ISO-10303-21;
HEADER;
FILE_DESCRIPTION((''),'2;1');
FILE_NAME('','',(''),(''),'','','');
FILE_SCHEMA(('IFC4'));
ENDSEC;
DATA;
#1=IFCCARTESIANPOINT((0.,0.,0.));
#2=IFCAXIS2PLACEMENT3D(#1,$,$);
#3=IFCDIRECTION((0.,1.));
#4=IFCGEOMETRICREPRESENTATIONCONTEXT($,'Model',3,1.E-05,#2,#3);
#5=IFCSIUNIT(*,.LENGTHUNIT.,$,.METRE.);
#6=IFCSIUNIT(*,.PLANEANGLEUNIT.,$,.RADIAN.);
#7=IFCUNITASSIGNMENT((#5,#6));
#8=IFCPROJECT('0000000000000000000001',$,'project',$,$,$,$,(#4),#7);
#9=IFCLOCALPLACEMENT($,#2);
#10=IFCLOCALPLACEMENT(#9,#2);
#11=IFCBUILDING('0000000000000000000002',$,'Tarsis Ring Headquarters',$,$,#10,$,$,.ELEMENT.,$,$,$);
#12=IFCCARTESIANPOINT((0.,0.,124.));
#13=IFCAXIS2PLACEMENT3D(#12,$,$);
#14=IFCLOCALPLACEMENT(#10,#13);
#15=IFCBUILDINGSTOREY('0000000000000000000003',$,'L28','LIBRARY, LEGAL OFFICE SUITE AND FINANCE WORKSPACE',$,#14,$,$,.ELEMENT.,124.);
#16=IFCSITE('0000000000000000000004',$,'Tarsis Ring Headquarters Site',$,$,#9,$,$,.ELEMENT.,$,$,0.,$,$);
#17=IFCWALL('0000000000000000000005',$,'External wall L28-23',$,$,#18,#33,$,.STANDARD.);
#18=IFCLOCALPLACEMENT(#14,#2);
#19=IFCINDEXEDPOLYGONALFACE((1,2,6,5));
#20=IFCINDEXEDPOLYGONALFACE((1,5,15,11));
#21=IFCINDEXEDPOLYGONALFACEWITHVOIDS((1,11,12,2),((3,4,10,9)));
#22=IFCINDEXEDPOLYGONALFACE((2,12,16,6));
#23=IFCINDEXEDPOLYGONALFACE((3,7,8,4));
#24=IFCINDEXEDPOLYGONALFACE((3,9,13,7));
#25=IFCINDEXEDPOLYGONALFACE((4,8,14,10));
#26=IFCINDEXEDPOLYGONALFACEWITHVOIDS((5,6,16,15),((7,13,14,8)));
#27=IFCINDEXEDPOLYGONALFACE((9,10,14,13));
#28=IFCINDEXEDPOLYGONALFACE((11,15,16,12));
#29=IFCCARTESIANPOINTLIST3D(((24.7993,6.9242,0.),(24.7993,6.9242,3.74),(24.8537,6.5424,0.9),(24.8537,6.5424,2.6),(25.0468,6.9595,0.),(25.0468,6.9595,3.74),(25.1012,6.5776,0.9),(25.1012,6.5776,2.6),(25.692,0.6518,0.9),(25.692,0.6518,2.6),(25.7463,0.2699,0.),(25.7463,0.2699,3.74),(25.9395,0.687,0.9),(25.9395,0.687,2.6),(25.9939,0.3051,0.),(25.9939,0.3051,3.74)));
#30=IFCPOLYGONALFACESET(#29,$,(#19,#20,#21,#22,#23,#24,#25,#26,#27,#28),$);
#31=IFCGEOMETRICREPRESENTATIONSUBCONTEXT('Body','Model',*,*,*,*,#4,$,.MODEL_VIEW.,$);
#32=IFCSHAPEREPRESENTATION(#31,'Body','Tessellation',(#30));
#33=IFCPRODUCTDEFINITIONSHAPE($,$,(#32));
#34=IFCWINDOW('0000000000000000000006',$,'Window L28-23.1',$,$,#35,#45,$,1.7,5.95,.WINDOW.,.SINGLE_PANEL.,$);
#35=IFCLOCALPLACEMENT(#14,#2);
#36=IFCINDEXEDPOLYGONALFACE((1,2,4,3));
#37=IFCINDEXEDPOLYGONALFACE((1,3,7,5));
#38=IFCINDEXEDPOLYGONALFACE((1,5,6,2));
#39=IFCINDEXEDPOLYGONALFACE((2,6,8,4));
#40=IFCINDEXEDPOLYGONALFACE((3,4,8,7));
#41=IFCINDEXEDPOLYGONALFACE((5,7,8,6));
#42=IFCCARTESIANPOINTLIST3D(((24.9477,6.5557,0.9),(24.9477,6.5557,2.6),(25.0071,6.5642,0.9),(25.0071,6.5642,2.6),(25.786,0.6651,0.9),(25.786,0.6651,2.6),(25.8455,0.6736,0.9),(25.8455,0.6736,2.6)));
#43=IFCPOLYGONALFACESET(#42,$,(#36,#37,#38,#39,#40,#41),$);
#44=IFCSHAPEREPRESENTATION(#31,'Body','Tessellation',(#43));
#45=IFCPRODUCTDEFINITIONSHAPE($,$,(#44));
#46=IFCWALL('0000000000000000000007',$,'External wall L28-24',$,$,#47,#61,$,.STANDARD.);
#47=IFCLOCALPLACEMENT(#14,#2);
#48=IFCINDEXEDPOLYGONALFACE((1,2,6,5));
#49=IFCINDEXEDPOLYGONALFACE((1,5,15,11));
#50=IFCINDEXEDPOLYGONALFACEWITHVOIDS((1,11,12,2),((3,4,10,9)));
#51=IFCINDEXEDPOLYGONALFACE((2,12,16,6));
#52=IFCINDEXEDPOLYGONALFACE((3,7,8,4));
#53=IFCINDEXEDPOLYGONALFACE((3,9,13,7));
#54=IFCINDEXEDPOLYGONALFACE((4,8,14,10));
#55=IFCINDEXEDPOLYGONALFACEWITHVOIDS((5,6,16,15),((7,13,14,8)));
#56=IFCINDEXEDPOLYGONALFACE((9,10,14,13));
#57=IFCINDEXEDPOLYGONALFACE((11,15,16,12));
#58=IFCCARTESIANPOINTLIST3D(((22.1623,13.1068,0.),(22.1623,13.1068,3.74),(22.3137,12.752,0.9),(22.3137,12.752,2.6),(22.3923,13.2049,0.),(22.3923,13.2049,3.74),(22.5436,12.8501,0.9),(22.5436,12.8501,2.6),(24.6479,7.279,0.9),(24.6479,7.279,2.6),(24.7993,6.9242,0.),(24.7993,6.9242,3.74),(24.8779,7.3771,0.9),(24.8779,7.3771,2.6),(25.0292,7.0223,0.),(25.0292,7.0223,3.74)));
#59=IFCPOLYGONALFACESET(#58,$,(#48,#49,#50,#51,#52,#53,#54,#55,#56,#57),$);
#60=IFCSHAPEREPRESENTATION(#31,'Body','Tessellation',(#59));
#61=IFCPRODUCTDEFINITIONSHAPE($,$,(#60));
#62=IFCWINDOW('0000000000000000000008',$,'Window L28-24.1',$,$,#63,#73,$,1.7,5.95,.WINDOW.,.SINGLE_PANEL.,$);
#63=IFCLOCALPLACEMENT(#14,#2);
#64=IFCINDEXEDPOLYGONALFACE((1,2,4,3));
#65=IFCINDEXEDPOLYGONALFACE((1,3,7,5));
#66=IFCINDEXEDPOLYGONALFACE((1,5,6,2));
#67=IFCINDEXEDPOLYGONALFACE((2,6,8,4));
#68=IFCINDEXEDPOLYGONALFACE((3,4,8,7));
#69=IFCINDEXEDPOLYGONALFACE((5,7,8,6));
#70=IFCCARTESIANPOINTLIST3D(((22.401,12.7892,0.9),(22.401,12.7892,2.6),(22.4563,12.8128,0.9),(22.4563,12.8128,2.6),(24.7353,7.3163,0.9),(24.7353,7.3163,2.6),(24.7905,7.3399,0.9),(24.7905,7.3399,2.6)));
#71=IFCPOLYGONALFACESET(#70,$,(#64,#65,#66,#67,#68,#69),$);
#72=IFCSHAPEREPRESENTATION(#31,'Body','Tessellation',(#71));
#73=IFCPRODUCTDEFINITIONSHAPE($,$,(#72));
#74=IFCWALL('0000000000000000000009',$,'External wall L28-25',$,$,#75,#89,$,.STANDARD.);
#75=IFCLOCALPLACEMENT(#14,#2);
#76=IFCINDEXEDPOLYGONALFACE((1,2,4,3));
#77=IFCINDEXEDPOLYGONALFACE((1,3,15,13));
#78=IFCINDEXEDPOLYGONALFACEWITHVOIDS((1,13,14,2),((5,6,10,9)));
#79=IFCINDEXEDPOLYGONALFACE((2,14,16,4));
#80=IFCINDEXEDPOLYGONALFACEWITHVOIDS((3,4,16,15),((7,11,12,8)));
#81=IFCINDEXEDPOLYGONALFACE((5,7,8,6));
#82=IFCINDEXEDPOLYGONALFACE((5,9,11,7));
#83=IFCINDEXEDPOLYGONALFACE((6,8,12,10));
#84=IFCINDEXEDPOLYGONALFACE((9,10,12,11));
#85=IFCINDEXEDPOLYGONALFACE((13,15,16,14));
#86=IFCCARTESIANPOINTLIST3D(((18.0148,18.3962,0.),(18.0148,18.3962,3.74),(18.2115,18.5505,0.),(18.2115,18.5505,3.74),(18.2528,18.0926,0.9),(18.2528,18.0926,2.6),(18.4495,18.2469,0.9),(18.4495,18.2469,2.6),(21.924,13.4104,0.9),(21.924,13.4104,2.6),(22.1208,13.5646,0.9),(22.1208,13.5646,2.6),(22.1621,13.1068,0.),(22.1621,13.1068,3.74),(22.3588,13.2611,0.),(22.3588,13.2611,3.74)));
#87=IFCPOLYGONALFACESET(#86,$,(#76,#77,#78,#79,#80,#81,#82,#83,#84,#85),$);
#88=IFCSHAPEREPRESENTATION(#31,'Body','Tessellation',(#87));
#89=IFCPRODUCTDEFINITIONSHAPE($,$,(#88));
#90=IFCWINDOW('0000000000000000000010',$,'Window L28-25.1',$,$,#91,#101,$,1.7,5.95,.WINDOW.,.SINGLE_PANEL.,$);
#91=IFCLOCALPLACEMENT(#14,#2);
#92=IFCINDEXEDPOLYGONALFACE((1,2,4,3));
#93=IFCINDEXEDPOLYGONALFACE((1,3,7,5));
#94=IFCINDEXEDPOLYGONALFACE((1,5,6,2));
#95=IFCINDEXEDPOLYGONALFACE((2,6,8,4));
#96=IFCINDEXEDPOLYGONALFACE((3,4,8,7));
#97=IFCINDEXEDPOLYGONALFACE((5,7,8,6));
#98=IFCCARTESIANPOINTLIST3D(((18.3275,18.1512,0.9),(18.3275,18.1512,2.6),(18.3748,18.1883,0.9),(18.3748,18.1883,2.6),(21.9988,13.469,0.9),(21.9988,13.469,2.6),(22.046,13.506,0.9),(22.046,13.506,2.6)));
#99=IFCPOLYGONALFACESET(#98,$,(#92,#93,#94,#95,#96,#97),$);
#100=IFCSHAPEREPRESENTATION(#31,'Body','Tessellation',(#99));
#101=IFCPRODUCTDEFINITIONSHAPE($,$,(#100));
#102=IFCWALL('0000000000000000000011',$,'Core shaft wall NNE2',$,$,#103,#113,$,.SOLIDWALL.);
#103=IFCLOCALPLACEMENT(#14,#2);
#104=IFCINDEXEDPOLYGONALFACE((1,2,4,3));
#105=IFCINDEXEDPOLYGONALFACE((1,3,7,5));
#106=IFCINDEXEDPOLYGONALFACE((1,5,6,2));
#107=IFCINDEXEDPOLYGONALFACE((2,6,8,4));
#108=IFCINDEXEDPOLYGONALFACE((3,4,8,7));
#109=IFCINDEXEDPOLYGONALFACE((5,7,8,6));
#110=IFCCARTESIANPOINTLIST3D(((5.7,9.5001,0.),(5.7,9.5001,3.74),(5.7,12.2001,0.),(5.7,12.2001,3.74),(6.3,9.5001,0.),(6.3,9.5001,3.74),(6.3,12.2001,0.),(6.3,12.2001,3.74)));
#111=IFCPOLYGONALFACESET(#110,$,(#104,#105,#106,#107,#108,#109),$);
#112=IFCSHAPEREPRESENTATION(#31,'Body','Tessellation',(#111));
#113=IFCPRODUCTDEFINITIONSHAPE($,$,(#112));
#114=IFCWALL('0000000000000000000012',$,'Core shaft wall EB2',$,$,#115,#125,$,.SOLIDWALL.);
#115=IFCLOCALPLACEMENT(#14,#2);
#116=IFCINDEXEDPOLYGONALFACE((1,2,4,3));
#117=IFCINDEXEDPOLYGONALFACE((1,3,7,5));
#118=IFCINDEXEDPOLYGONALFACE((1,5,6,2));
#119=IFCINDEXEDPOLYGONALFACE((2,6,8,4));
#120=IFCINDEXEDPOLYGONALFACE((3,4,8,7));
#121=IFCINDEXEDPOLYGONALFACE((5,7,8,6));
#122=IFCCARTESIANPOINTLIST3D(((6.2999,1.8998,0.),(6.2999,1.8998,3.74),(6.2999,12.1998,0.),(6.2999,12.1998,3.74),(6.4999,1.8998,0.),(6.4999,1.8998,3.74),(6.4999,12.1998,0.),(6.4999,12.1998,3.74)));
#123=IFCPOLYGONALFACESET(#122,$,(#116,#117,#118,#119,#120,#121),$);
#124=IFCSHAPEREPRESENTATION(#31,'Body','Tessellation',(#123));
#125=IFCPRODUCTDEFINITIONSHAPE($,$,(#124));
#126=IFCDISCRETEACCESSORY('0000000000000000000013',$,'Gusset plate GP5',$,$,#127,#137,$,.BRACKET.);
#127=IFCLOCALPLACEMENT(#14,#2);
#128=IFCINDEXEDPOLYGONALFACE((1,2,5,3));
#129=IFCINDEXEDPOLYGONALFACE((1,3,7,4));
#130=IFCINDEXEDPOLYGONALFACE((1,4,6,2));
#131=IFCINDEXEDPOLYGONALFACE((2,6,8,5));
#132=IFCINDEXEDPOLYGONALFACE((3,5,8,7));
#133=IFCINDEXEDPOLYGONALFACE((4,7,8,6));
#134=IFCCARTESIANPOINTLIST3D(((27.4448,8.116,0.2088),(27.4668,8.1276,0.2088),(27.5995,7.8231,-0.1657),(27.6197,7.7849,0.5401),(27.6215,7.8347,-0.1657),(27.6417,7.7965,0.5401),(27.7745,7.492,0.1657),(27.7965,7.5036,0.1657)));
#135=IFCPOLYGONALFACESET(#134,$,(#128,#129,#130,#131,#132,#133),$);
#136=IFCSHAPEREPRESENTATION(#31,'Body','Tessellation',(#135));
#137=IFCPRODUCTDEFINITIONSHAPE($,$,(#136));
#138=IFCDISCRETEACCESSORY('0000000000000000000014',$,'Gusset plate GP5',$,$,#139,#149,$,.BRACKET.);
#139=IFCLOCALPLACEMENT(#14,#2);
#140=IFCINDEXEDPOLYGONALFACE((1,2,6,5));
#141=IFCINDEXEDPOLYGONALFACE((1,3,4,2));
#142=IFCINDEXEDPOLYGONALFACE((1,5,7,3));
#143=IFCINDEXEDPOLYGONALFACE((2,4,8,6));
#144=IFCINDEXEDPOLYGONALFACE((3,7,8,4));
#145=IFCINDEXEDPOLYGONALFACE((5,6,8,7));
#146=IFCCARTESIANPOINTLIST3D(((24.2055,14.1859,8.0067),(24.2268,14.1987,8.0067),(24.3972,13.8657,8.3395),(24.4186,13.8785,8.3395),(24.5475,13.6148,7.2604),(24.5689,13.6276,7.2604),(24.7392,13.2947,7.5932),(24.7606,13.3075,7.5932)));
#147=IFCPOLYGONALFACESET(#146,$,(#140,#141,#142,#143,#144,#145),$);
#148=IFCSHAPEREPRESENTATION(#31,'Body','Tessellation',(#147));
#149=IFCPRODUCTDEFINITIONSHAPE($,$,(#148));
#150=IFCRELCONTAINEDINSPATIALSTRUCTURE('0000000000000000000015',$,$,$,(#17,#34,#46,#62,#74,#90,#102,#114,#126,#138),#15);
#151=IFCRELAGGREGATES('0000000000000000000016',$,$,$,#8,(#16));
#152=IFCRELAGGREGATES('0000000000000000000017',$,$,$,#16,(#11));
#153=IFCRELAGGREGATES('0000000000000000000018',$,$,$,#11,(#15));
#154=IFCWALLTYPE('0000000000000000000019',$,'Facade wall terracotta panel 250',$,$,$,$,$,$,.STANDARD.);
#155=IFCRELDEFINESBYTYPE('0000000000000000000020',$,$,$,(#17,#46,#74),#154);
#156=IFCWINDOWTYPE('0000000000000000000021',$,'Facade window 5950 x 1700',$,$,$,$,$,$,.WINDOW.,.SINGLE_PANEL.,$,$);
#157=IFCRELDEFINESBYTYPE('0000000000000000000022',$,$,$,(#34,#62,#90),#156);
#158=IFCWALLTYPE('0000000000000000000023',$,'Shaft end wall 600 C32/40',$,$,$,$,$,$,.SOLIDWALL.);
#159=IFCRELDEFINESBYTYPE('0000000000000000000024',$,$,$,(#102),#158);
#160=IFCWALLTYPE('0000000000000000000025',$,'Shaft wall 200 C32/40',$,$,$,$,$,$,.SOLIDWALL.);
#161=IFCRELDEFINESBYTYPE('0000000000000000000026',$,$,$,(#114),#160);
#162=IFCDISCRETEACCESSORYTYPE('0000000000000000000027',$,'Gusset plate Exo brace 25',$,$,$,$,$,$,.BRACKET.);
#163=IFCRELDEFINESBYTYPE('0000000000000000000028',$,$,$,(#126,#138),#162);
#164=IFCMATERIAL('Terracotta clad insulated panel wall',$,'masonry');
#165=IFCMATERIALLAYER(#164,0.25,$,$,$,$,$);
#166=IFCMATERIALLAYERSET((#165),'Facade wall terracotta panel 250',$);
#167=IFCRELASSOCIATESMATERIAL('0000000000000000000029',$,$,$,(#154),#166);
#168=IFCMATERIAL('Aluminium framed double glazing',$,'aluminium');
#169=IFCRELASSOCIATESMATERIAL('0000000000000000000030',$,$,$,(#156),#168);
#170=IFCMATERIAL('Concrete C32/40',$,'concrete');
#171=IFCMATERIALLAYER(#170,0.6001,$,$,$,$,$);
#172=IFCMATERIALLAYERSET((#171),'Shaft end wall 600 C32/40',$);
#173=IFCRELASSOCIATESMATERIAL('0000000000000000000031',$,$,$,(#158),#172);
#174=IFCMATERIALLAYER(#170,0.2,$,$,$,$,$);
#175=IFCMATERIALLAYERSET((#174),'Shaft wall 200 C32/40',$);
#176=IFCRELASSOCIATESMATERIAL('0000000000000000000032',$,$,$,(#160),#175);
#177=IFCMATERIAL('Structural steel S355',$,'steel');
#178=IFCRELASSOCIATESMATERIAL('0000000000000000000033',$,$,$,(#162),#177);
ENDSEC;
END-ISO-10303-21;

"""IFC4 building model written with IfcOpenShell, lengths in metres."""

from ifc_helpers import new_model, si_unit, direction, frame, frame_2d, origin, origin_2d, place, context, subcontext, project, spatial, rectangle, extrude, material, layer, layer_set, material_profile, profile_set, type_object, element, fill, save


model = new_model("IFC4")

# Units and contexts
model_context = context("Model", 3, precision=1e-05, world=origin(), true_north=direction((0.0, 1.0)))
body_context = subcontext(model_context, "Body", "Model", "MODEL_VIEW")
ifc_project = project(units=[si_unit("LENGTHUNIT", "METRE"), si_unit("PLANEANGLEUNIT", "RADIAN")], contexts=[model_context])

# Site, building, storey
site_placement = place(None, origin())
site = spatial("IfcSite", under=ifc_project, at=site_placement, Name="Tarsis Ring Headquarters Site", CompositionType="ELEMENT", RefElevation=0.0)
building_placement = place(site_placement, origin())
building = spatial("IfcBuilding", under=site, at=building_placement, Name="Tarsis Ring Headquarters", CompositionType="ELEMENT")
storey_placement = place(building_placement, frame((0.0, 0.0, 124.0)))
storey = spatial("IfcBuildingStorey", under=building, at=storey_placement, Name="L28", Description="LIBRARY, LEGAL OFFICE SUITE AND FINANCE WORKSPACE", CompositionType="ELEMENT", Elevation=124.0)

# Shared definitions
ifc_material_1 = material(Name="Structural steel S355", Category="steel")

# Walls, openings, windows
ifc_material_2 = material(Name="Terracotta clad insulated panel wall", Category="masonry")
ifc_layer_1 = layer(ifc_material_2, 0.25)
ifc_layer_set_1 = layer_set([ifc_layer_1], Name="Facade wall terracotta panel 250")
wall_type_1 = type_object("IfcWallType", Name="Facade wall terracotta panel 250", PredefinedType="STANDARD", material=ifc_layer_set_1)
wall_1_placement = place(storey_placement, frame((25.8701, 0.2874, 0.0), z_axis=(0.0, 0.0, 1.0), x_axis=(-0.140898, 0.990024, 0.0)))
wall_1 = element("IfcWall", 1, at=wall_1_placement, inside=storey, type_object=wall_type_1, Name="External wall L28-23", PredefinedType="STANDARD", context=body_context, shape_type="SweptSolid", body=[
    extrude(rectangle(XDim=6.7214, YDim=0.25, at=frame_2d((3.3608, 0.0))), origin(), (0.0, 0.0, 1.0), 3.74),
])
opening_1_placement = place(wall_1_placement, frame((0.3857, 0.0, 0.8999)))
opening_1 = element("IfcOpeningElement", 2, at=opening_1_placement, cuts=wall_1, PredefinedType="OPENING", context=body_context, shape_type="SweptSolid", body=[
    extrude(rectangle(XDim=5.95, YDim=1.7, at=frame_2d((2.9751, 0.8501))), frame((0.0, 0.135, 0.0), z_axis=(0.0, -1.0, 0.0), x_axis=(1.0, 0.0, 0.0)), (0.0, 0.0, 1.0), 0.27),
])
ifc_material_3 = material(Name="Aluminium framed double glazing", Category="aluminium")
window_type = type_object("IfcWindowType", Name="Facade window 5950 x 1700", PartitioningType="SINGLE_PANEL", PredefinedType="WINDOW", material=ifc_material_3)
window_1_placement = place(opening_1_placement, origin())
window_1 = element("IfcWindow", 3, at=window_1_placement, inside=storey, type_object=window_type, Name="Window L28-23.1", OverallHeight=1.7, OverallWidth=5.95, PartitioningType="SINGLE_PANEL", PredefinedType="WINDOW", context=body_context, shape_type="SweptSolid", body=[
    extrude(rectangle(XDim=5.95, YDim=1.7, at=frame_2d((2.9751, 0.8501))), frame((0.0, 0.03, 0.0), z_axis=(0.0, -1.0, 0.0), x_axis=(1.0, 0.0, 0.0)), (0.0, 0.0, 1.0), 0.0601),
])
fill(opening_1, window_1)
wall_2_placement = place(storey_placement, frame((24.9143, 6.9731, 0.0), z_axis=(0.0, 0.0, 1.0), x_axis=(-0.392319, 0.919829, 0.0)))
wall_2 = element("IfcWall", 4, at=wall_2_placement, inside=storey, type_object=wall_type_1, Name="External wall L28-24", PredefinedType="STANDARD", context=body_context, shape_type="SweptSolid", body=[
    extrude(rectangle(XDim=6.7214, YDim=0.25, at=frame_2d((3.3608, 0.0))), origin(), (0.0, 0.0, 1.0), 3.74),
])
opening_2_placement = place(wall_2_placement, frame((0.3857, 0.0, 0.8999)))
opening_2 = element("IfcOpeningElement", 5, at=opening_2_placement, cuts=wall_2, PredefinedType="OPENING", context=body_context, shape_type="SweptSolid", body=[
    extrude(rectangle(XDim=5.95, YDim=1.7, at=frame_2d((2.9751, 0.8501))), frame((0.0, 0.135, 0.0), z_axis=(0.0, -1.0, 0.0), x_axis=(1.0, 0.0, 0.0)), (0.0, 0.0, 1.0), 0.27),
])
window_2_placement = place(opening_2_placement, origin())
window_2 = element("IfcWindow", 6, at=window_2_placement, inside=storey, type_object=window_type, Name="Window L28-24.1", OverallHeight=1.7, OverallWidth=5.95, PartitioningType="SINGLE_PANEL", PredefinedType="WINDOW", context=body_context, shape_type="SweptSolid", body=[
    extrude(rectangle(XDim=5.95, YDim=1.7, at=frame_2d((2.9751, 0.8501))), frame((0.0, 0.03, 0.0), z_axis=(0.0, -1.0, 0.0), x_axis=(1.0, 0.0, 0.0)), (0.0, 0.0, 1.0), 0.0601),
])
fill(opening_2, window_2)
wall_3_placement = place(storey_placement, frame((22.2605, 13.1838, 0.0), z_axis=(0.0, 0.0, 1.0), x_axis=(-0.617024, 0.786944, 0.0)))
wall_3 = element("IfcWall", 7, at=wall_3_placement, inside=storey, type_object=wall_type_1, Name="External wall L28-25", PredefinedType="STANDARD", context=body_context, shape_type="SweptSolid", body=[
    extrude(rectangle(XDim=6.7214, YDim=0.25, at=frame_2d((3.3608, 0.0))), origin(), (0.0, 0.0, 1.0), 3.74),
])
opening_3_placement = place(wall_3_placement, frame((0.3857, 0.0, 0.8999)))
opening_3 = element("IfcOpeningElement", 8, at=opening_3_placement, cuts=wall_3, PredefinedType="OPENING", context=body_context, shape_type="SweptSolid", body=[
    extrude(rectangle(XDim=5.95, YDim=1.7, at=frame_2d((2.9751, 0.8501))), frame((0.0, 0.135, 0.0), z_axis=(0.0, -1.0, 0.0), x_axis=(1.0, 0.0, 0.0)), (0.0, 0.0, 1.0), 0.27),
])
window_3_placement = place(opening_3_placement, origin())
window_3 = element("IfcWindow", 9, at=window_3_placement, inside=storey, type_object=window_type, Name="Window L28-25.1", OverallHeight=1.7, OverallWidth=5.95, PartitioningType="SINGLE_PANEL", PredefinedType="WINDOW", context=body_context, shape_type="SweptSolid", body=[
    extrude(rectangle(XDim=5.95, YDim=1.7, at=frame_2d((2.9751, 0.8501))), frame((0.0, 0.03, 0.0), z_axis=(0.0, -1.0, 0.0), x_axis=(1.0, 0.0, 0.0)), (0.0, 0.0, 1.0), 0.0601),
])
fill(opening_3, window_3)

# Walls
ifc_material_4 = material(Name="Concrete C32/40", Category="concrete")
ifc_layer_2 = layer(ifc_material_4, 0.6001)
ifc_layer_set_2 = layer_set([ifc_layer_2], Name="Shaft end wall 600 C32/40")
wall_type_2 = type_object("IfcWallType", Name="Shaft end wall 600 C32/40", PredefinedType="SOLIDWALL", material=ifc_layer_set_2)
wall_4_placement = place(storey_placement, frame((6.0, 9.5, 0.0), z_axis=(0.0, 0.0, 1.0), x_axis=(0.0, 1.0, 0.0)))
element("IfcWall", 10, at=wall_4_placement, inside=storey, type_object=wall_type_2, Name="Core shaft wall NNE2", PredefinedType="SOLIDWALL", context=body_context, shape_type="SweptSolid", body=[
    extrude(rectangle(XDim=2.7, YDim=0.6001, at=frame_2d((1.3501, 0.0))), origin(), (0.0, 0.0, 1.0), 3.74),
])
ifc_layer_3 = layer(ifc_material_4, 0.2)
ifc_layer_set_3 = layer_set([ifc_layer_3], Name="Shaft wall 200 C32/40")
wall_type_3 = type_object("IfcWallType", Name="Shaft wall 200 C32/40", PredefinedType="SOLIDWALL", material=ifc_layer_set_3)
wall_5_placement = place(storey_placement, frame((6.3999, 1.8999, 0.0), z_axis=(0.0, 0.0, 1.0), x_axis=(0.0, 1.0, 0.0)))
element("IfcWall", 11, at=wall_5_placement, inside=storey, type_object=wall_type_3, Name="Core shaft wall EB2", PredefinedType="SOLIDWALL", context=body_context, shape_type="SweptSolid", body=[
    extrude(rectangle(XDim=10.3, YDim=0.2, at=frame_2d((5.1499, 0.0))), origin(), (0.0, 0.0, 1.0), 3.74),
])

# Discrete accessories
ifc_material_profile_1 = material_profile(ifc_material_1, rectangle(XDim=0.0249, YDim=0.5, at=origin_2d()), Name="PL 25x500")
ifc_profile_set_1 = profile_set([ifc_material_profile_1], Name="Structural steel S355")
discrete_accessory_type = type_object("IfcDiscreteAccessoryType", Name="Gusset plate Exo brace 25", PredefinedType="BRACKET", material=ifc_profile_set_1)
discrete_accessory_1_placement = place(storey_placement, frame((27.698, 7.6633, 0.0), z_axis=(-0.30954, 0.585881, 0.748951), x_axis=(-0.884182, -0.467143, 0.0)))
element("IfcDiscreteAccessory", 12, at=discrete_accessory_1_placement, inside=storey, type_object=discrete_accessory_type, Name="Gusset plate GP5", PredefinedType="BRACKET", context=body_context, shape_type="SweptSolid", body=[
    extrude(rectangle(XDim=0.0249, YDim=0.5, at=origin_2d()), origin(), (0.0, 0.0, 1.0), 0.5),
])
discrete_accessory_2_placement = place(storey_placement, frame((24.6541, 13.4612, 7.4268), z_axis=(-0.342023, 0.571015, 0.746299), x_axis=(-0.857881, -0.513848, 0.0)))
element("IfcDiscreteAccessory", 13, at=discrete_accessory_2_placement, inside=storey, type_object=discrete_accessory_type, Name="Gusset plate GP5", PredefinedType="BRACKET", context=body_context, shape_type="SweptSolid", body=[
    extrude(rectangle(XDim=0.0249, YDim=0.5, at=origin_2d()), origin(), (0.0, 0.0, 1.0), 1.0),
])

save(model, "model.ifc")
